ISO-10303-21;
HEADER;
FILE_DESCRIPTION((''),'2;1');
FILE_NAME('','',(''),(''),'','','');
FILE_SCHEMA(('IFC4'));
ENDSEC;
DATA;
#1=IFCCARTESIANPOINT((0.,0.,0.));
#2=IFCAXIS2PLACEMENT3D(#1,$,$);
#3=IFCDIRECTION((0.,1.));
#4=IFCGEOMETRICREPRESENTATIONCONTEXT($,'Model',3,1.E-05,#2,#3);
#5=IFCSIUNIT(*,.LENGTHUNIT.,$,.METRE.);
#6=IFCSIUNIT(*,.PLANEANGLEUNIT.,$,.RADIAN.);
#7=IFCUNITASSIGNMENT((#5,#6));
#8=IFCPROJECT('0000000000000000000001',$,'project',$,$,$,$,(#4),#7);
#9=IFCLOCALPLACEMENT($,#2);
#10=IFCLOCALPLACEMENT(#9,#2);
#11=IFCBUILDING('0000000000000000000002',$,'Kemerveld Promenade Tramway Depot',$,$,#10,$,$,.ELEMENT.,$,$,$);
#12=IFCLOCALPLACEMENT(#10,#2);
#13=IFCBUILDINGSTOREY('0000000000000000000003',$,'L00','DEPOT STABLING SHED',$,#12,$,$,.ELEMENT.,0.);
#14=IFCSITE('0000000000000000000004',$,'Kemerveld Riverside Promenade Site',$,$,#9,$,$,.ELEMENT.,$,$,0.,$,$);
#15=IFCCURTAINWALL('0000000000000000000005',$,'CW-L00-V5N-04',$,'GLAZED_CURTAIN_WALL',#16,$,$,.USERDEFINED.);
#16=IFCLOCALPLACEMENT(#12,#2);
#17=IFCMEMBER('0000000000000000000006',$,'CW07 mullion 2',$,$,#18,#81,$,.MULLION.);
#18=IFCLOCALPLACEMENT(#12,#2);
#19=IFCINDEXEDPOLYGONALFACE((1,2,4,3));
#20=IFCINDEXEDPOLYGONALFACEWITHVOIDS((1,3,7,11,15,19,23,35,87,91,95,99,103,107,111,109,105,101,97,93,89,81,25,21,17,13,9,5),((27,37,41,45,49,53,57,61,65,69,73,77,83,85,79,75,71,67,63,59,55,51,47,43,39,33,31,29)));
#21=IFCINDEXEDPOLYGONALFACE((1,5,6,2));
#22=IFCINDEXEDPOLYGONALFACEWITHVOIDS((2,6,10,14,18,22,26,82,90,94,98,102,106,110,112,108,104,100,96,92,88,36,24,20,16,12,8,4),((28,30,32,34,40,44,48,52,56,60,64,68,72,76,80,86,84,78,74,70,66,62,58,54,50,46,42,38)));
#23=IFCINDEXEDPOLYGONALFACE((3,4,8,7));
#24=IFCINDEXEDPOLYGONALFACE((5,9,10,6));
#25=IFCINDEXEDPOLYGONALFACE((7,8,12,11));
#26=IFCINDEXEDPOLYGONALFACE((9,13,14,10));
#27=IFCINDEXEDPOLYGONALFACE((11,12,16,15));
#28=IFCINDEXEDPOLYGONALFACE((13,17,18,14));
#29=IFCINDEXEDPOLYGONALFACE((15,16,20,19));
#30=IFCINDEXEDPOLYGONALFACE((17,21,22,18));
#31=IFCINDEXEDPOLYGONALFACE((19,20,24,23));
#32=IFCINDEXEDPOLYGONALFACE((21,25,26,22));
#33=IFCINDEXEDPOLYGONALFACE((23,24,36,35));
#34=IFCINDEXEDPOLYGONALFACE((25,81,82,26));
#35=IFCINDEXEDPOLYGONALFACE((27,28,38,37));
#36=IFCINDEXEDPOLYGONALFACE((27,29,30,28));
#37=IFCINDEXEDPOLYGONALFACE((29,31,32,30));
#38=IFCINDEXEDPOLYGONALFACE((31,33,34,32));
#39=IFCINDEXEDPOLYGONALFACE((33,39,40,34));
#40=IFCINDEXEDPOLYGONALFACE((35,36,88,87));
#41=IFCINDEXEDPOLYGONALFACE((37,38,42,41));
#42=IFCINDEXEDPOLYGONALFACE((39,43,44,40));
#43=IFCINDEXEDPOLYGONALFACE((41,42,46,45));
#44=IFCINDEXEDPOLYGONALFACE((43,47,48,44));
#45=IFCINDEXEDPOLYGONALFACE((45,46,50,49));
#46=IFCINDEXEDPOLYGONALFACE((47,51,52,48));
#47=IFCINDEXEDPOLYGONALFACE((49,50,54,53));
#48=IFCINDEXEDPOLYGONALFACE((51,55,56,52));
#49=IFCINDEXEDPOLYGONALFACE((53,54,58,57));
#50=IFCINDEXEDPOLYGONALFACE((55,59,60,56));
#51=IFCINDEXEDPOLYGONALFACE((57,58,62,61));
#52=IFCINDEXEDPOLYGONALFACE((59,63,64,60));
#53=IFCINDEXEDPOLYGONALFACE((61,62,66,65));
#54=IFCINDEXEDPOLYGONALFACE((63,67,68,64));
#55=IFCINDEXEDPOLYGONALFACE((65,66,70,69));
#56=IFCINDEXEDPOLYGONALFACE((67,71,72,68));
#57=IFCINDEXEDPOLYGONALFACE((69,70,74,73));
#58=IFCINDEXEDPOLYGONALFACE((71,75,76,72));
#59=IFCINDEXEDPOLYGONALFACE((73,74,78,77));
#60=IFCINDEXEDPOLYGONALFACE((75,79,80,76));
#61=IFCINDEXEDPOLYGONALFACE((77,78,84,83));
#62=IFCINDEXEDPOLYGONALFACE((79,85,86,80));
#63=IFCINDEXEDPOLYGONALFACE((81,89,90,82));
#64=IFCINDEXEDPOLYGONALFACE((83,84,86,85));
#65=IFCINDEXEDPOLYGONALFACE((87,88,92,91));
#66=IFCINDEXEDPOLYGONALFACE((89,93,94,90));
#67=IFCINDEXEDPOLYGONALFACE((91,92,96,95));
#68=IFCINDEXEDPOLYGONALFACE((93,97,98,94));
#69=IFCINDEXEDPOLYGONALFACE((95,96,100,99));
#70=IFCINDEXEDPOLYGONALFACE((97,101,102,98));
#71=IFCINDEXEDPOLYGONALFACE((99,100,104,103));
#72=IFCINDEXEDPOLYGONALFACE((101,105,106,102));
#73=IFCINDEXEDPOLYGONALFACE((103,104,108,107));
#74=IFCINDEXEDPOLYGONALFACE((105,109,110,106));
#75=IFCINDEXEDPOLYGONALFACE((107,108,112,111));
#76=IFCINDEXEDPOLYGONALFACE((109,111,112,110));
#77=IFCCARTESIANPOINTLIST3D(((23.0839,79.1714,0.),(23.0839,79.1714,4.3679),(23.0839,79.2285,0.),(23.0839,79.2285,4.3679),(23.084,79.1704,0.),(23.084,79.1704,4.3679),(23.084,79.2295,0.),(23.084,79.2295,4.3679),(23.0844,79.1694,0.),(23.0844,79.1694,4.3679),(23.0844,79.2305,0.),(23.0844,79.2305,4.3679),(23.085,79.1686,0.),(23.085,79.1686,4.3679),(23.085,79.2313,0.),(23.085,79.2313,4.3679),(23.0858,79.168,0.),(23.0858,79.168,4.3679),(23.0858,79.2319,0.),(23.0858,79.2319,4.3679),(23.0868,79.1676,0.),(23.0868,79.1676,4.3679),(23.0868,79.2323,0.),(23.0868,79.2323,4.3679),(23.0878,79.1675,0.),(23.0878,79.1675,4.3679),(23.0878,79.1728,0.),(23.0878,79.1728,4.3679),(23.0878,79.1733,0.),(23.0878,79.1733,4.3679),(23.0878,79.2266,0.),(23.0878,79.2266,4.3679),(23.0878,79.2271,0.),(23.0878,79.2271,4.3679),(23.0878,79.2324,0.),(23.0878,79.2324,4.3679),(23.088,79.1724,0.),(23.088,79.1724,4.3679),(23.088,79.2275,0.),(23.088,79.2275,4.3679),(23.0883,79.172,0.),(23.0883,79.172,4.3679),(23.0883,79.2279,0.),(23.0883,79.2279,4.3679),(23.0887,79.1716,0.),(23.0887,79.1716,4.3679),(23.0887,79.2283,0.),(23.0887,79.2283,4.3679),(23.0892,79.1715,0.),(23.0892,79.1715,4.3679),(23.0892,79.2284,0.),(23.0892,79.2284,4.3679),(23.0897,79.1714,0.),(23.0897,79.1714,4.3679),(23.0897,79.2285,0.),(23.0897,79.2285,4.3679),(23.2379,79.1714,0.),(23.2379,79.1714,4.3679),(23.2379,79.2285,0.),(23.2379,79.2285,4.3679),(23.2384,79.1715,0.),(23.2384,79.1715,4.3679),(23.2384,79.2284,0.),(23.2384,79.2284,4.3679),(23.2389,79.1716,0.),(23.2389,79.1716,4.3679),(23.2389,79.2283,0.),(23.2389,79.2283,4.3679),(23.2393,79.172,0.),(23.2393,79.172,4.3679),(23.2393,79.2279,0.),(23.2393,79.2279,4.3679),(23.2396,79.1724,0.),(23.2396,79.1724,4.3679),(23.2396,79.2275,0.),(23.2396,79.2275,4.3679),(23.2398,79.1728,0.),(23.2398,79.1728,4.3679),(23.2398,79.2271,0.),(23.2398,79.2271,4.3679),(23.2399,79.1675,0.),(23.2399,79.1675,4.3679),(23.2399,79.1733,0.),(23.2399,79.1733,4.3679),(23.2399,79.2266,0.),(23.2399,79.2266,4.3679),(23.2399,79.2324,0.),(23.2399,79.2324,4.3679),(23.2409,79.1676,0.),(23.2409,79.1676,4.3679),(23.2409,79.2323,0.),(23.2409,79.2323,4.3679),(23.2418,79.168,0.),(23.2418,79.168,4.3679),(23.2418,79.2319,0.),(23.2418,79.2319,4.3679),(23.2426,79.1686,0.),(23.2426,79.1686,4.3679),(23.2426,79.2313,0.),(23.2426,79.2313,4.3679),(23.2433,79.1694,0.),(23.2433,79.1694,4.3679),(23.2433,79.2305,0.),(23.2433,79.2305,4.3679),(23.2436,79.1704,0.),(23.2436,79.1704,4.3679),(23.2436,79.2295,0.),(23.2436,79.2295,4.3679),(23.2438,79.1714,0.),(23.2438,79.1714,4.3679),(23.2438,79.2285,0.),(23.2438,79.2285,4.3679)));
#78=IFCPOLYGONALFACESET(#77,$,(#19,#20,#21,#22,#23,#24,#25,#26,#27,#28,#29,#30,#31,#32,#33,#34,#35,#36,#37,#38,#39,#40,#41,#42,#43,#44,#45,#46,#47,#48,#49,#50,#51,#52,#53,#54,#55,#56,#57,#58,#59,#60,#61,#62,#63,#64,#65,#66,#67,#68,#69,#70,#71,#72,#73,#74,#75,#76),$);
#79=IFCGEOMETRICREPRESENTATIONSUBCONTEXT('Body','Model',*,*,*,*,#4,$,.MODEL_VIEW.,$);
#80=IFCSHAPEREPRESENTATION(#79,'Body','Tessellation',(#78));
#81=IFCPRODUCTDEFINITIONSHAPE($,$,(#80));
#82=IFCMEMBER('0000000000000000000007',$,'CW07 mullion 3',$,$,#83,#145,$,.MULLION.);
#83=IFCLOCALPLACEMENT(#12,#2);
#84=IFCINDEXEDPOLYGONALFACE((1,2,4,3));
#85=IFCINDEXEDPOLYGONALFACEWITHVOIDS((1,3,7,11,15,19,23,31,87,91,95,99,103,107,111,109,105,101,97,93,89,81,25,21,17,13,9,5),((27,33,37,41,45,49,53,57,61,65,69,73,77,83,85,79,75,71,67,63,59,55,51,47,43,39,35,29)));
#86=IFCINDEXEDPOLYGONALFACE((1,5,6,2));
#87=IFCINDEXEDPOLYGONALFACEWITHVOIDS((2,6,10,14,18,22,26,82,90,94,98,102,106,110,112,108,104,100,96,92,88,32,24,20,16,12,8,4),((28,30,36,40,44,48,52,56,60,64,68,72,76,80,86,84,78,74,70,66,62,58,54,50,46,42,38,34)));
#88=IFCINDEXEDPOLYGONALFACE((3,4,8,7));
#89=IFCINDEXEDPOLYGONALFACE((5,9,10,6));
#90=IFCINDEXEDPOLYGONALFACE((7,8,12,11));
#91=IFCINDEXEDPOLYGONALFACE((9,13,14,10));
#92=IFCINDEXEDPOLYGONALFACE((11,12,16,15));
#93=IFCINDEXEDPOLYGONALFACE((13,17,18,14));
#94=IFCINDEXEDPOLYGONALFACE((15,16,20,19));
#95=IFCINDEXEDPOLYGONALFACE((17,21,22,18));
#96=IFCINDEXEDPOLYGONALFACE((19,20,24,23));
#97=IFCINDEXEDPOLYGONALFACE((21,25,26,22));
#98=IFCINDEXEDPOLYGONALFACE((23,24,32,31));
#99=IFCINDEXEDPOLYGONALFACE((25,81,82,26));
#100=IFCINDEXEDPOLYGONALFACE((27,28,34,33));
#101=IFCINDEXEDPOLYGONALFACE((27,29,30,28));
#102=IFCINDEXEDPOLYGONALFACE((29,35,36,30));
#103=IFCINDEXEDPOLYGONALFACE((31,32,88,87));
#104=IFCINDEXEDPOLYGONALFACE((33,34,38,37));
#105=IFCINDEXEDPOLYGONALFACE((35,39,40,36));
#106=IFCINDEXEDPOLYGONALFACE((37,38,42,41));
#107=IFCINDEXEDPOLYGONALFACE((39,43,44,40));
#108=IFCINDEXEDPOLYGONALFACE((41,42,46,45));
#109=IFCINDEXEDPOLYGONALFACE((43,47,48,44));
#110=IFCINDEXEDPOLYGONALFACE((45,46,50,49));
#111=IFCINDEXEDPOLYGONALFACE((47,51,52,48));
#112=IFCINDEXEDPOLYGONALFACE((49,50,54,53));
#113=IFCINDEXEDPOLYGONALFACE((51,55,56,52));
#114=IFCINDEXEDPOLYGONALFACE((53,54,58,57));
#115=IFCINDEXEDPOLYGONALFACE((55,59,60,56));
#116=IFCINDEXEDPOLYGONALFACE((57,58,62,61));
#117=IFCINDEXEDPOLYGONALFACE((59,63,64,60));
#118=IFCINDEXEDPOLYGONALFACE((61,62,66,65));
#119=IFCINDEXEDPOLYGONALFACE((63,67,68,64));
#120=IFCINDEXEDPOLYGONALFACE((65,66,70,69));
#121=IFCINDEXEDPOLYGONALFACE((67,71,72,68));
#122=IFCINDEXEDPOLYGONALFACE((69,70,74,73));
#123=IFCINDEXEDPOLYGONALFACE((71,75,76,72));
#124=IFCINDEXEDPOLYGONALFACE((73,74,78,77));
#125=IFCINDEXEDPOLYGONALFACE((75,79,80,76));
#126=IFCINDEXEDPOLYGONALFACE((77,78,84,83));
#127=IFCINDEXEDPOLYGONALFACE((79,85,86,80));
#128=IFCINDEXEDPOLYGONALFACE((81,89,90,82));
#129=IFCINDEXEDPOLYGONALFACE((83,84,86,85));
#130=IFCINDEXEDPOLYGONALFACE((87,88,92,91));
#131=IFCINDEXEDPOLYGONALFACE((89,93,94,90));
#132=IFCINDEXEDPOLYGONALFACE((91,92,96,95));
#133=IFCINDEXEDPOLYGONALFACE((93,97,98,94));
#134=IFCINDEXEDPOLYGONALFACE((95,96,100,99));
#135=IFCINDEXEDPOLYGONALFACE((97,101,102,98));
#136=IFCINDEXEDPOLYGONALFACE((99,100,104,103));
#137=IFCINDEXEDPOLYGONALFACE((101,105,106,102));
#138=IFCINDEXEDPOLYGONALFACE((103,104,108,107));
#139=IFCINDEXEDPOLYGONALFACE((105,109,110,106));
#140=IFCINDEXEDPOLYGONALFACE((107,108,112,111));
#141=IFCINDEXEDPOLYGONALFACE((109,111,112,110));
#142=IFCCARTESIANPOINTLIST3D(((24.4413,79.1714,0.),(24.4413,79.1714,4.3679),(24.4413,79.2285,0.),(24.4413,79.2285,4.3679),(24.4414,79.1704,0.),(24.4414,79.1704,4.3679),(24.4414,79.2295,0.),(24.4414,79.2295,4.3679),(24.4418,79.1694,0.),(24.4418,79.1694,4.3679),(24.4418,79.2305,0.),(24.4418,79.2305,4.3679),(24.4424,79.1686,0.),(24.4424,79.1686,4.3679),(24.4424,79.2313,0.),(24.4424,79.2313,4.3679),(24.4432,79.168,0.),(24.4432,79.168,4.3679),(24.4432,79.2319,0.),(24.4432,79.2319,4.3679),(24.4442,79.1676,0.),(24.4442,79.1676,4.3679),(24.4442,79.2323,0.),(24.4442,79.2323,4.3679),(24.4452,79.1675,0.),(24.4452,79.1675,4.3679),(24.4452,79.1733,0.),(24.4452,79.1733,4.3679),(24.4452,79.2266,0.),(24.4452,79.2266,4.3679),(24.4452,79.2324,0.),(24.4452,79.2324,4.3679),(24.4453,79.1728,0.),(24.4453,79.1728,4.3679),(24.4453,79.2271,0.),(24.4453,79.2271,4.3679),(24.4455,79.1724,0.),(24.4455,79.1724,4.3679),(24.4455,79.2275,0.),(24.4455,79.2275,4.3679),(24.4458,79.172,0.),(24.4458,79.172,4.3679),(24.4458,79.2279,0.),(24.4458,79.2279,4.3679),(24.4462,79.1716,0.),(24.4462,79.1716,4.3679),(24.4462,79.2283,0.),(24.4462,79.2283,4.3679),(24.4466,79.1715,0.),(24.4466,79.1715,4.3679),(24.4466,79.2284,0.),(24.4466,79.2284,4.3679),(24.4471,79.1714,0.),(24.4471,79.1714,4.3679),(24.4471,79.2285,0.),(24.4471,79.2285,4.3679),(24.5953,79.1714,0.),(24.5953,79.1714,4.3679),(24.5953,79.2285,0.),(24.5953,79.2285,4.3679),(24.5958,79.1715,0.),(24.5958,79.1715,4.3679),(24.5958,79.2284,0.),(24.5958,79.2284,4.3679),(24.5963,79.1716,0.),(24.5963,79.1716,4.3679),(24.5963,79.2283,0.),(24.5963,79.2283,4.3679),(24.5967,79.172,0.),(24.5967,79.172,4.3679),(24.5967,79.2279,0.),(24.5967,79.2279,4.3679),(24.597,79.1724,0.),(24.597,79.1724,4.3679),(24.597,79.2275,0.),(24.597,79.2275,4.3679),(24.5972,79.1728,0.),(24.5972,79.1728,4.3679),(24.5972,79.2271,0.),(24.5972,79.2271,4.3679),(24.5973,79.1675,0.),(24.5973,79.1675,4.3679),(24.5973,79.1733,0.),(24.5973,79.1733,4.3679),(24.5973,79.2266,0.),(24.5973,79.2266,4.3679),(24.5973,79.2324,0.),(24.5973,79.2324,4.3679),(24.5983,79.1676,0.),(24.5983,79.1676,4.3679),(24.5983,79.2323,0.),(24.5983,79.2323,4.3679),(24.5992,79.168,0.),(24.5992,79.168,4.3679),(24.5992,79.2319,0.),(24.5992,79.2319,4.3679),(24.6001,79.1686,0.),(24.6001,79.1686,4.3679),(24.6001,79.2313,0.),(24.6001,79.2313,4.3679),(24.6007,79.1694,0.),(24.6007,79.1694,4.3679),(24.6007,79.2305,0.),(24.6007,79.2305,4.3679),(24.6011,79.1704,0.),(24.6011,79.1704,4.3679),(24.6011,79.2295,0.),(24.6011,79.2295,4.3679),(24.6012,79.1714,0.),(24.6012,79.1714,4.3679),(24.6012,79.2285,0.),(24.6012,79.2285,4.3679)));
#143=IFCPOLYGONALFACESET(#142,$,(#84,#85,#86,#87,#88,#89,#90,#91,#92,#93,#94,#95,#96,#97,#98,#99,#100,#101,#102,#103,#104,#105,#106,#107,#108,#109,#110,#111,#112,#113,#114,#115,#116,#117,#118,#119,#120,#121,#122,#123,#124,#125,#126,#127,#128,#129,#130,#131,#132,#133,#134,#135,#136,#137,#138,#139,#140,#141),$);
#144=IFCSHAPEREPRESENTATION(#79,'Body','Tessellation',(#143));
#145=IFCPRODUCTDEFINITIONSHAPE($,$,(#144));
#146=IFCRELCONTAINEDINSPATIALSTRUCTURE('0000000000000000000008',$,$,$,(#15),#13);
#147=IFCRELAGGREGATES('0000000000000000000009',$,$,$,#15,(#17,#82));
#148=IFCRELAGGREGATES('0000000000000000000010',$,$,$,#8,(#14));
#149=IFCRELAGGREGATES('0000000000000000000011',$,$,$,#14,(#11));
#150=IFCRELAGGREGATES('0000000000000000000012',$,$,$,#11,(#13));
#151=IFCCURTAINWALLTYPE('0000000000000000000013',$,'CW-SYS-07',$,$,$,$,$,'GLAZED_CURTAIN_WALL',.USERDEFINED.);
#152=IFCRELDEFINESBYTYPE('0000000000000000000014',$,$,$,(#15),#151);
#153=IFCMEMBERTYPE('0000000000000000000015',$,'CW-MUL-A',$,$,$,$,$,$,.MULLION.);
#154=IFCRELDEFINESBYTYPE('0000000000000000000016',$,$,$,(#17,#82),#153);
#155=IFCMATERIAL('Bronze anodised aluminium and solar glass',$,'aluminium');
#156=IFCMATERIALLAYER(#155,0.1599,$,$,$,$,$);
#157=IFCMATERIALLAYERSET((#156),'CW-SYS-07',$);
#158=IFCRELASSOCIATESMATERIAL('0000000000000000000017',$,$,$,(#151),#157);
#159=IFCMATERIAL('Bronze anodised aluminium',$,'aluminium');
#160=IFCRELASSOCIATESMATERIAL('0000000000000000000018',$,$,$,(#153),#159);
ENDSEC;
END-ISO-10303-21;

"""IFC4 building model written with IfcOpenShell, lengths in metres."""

from ifc_helpers import new_model, si_unit, direction, frame, origin, origin_2d, place, context, subcontext, project, spatial, hollow_rectangle, extrude, material, layer, layer_set, material_profile, profile_set, type_object, element, aggregate, save


model = new_model("IFC4")

# Units and contexts
model_context = context("Model", 3, precision=1e-05, world=origin(), true_north=direction((0.0, 1.0)))
body_context = subcontext(model_context, "Body", "Model", "MODEL_VIEW")
ifc_project = project(units=[si_unit("LENGTHUNIT", "METRE"), si_unit("PLANEANGLEUNIT", "RADIAN")], contexts=[model_context])

# Site, building, storey
site_placement = place(None, origin())
site = spatial("IfcSite", under=ifc_project, at=site_placement, Name="Kemerveld Riverside Promenade Site", CompositionType="ELEMENT", RefElevation=0.0)
building_placement = place(site_placement, origin())
building = spatial("IfcBuilding", under=site, at=building_placement, Name="Kemerveld Promenade Tramway Depot", CompositionType="ELEMENT")
storey_placement = place(building_placement, origin())
storey = spatial("IfcBuildingStorey", under=building, at=storey_placement, Name="L00", Description="DEPOT STABLING SHED", CompositionType="ELEMENT", Elevation=0.0)

# Curtain wall, members
ifc_material_1 = material(Name="Bronze anodised aluminium and solar glass", Category="aluminium")
ifc_layer_1 = layer(ifc_material_1, 0.1599)
ifc_layer_set_1 = layer_set([ifc_layer_1], Name="CW-SYS-07")
curtain_wall_type = type_object("IfcCurtainWallType", Name="CW-SYS-07", ElementType="GLAZED_CURTAIN_WALL", PredefinedType="USERDEFINED", material=ifc_layer_set_1)
curtain_wall_placement = place(storey_placement, origin())
curtain_wall = element("IfcCurtainWall", 1, at=curtain_wall_placement, inside=storey, type_object=curtain_wall_type, Name="CW-L00-V5N-04", ObjectType="GLAZED_CURTAIN_WALL", PredefinedType="USERDEFINED")
ifc_material_2 = material(Name="Bronze anodised aluminium", Category="aluminium")
ifc_material_profile_1 = material_profile(ifc_material_2, hollow_rectangle(XDim=0.0649, YDim=0.1599, WallThickness=0.0039, InnerFilletRadius=0.002, OuterFilletRadius=0.0039, at=origin_2d()), Name="CW-MUL-160x65")
ifc_profile_set_1 = profile_set([ifc_material_profile_1], Name="Bronze anodised aluminium")
member_type_1 = type_object("IfcMemberType", Name="CW-MUL-A", PredefinedType="MULLION", material=ifc_profile_set_1)
member_1_placement = place(storey_placement, frame((23.1638, 79.2, 0.0), z_axis=(0.0, 0.0, 1.0), x_axis=(0.0, 1.0, 0.0)))
member_1 = element("IfcMember", 2, at=member_1_placement, type_object=member_type_1, Name="CW07 mullion 2", PredefinedType="MULLION", context=body_context, shape_type="SweptSolid", body=[
    extrude(hollow_rectangle(XDim=0.0649, YDim=0.1599, WallThickness=0.0039, InnerFilletRadius=0.002, OuterFilletRadius=0.0039, at=origin_2d()), origin(), (0.0, 0.0, 1.0), 4.3679),
])
member_2_placement = place(storey_placement, frame((24.5212, 79.2, 0.0), z_axis=(0.0, 0.0, 1.0), x_axis=(0.0, 1.0, 0.0)))
member_2 = element("IfcMember", 3, at=member_2_placement, type_object=member_type_1, Name="CW07 mullion 3", PredefinedType="MULLION", context=body_context, shape_type="SweptSolid", body=[
    extrude(hollow_rectangle(XDim=0.0649, YDim=0.1599, WallThickness=0.0039, InnerFilletRadius=0.002, OuterFilletRadius=0.0039, at=origin_2d()), origin(), (0.0, 0.0, 1.0), 4.3679),
])
aggregate(curtain_wall, [member_1, member_2])

save(model, "model.ifc")
